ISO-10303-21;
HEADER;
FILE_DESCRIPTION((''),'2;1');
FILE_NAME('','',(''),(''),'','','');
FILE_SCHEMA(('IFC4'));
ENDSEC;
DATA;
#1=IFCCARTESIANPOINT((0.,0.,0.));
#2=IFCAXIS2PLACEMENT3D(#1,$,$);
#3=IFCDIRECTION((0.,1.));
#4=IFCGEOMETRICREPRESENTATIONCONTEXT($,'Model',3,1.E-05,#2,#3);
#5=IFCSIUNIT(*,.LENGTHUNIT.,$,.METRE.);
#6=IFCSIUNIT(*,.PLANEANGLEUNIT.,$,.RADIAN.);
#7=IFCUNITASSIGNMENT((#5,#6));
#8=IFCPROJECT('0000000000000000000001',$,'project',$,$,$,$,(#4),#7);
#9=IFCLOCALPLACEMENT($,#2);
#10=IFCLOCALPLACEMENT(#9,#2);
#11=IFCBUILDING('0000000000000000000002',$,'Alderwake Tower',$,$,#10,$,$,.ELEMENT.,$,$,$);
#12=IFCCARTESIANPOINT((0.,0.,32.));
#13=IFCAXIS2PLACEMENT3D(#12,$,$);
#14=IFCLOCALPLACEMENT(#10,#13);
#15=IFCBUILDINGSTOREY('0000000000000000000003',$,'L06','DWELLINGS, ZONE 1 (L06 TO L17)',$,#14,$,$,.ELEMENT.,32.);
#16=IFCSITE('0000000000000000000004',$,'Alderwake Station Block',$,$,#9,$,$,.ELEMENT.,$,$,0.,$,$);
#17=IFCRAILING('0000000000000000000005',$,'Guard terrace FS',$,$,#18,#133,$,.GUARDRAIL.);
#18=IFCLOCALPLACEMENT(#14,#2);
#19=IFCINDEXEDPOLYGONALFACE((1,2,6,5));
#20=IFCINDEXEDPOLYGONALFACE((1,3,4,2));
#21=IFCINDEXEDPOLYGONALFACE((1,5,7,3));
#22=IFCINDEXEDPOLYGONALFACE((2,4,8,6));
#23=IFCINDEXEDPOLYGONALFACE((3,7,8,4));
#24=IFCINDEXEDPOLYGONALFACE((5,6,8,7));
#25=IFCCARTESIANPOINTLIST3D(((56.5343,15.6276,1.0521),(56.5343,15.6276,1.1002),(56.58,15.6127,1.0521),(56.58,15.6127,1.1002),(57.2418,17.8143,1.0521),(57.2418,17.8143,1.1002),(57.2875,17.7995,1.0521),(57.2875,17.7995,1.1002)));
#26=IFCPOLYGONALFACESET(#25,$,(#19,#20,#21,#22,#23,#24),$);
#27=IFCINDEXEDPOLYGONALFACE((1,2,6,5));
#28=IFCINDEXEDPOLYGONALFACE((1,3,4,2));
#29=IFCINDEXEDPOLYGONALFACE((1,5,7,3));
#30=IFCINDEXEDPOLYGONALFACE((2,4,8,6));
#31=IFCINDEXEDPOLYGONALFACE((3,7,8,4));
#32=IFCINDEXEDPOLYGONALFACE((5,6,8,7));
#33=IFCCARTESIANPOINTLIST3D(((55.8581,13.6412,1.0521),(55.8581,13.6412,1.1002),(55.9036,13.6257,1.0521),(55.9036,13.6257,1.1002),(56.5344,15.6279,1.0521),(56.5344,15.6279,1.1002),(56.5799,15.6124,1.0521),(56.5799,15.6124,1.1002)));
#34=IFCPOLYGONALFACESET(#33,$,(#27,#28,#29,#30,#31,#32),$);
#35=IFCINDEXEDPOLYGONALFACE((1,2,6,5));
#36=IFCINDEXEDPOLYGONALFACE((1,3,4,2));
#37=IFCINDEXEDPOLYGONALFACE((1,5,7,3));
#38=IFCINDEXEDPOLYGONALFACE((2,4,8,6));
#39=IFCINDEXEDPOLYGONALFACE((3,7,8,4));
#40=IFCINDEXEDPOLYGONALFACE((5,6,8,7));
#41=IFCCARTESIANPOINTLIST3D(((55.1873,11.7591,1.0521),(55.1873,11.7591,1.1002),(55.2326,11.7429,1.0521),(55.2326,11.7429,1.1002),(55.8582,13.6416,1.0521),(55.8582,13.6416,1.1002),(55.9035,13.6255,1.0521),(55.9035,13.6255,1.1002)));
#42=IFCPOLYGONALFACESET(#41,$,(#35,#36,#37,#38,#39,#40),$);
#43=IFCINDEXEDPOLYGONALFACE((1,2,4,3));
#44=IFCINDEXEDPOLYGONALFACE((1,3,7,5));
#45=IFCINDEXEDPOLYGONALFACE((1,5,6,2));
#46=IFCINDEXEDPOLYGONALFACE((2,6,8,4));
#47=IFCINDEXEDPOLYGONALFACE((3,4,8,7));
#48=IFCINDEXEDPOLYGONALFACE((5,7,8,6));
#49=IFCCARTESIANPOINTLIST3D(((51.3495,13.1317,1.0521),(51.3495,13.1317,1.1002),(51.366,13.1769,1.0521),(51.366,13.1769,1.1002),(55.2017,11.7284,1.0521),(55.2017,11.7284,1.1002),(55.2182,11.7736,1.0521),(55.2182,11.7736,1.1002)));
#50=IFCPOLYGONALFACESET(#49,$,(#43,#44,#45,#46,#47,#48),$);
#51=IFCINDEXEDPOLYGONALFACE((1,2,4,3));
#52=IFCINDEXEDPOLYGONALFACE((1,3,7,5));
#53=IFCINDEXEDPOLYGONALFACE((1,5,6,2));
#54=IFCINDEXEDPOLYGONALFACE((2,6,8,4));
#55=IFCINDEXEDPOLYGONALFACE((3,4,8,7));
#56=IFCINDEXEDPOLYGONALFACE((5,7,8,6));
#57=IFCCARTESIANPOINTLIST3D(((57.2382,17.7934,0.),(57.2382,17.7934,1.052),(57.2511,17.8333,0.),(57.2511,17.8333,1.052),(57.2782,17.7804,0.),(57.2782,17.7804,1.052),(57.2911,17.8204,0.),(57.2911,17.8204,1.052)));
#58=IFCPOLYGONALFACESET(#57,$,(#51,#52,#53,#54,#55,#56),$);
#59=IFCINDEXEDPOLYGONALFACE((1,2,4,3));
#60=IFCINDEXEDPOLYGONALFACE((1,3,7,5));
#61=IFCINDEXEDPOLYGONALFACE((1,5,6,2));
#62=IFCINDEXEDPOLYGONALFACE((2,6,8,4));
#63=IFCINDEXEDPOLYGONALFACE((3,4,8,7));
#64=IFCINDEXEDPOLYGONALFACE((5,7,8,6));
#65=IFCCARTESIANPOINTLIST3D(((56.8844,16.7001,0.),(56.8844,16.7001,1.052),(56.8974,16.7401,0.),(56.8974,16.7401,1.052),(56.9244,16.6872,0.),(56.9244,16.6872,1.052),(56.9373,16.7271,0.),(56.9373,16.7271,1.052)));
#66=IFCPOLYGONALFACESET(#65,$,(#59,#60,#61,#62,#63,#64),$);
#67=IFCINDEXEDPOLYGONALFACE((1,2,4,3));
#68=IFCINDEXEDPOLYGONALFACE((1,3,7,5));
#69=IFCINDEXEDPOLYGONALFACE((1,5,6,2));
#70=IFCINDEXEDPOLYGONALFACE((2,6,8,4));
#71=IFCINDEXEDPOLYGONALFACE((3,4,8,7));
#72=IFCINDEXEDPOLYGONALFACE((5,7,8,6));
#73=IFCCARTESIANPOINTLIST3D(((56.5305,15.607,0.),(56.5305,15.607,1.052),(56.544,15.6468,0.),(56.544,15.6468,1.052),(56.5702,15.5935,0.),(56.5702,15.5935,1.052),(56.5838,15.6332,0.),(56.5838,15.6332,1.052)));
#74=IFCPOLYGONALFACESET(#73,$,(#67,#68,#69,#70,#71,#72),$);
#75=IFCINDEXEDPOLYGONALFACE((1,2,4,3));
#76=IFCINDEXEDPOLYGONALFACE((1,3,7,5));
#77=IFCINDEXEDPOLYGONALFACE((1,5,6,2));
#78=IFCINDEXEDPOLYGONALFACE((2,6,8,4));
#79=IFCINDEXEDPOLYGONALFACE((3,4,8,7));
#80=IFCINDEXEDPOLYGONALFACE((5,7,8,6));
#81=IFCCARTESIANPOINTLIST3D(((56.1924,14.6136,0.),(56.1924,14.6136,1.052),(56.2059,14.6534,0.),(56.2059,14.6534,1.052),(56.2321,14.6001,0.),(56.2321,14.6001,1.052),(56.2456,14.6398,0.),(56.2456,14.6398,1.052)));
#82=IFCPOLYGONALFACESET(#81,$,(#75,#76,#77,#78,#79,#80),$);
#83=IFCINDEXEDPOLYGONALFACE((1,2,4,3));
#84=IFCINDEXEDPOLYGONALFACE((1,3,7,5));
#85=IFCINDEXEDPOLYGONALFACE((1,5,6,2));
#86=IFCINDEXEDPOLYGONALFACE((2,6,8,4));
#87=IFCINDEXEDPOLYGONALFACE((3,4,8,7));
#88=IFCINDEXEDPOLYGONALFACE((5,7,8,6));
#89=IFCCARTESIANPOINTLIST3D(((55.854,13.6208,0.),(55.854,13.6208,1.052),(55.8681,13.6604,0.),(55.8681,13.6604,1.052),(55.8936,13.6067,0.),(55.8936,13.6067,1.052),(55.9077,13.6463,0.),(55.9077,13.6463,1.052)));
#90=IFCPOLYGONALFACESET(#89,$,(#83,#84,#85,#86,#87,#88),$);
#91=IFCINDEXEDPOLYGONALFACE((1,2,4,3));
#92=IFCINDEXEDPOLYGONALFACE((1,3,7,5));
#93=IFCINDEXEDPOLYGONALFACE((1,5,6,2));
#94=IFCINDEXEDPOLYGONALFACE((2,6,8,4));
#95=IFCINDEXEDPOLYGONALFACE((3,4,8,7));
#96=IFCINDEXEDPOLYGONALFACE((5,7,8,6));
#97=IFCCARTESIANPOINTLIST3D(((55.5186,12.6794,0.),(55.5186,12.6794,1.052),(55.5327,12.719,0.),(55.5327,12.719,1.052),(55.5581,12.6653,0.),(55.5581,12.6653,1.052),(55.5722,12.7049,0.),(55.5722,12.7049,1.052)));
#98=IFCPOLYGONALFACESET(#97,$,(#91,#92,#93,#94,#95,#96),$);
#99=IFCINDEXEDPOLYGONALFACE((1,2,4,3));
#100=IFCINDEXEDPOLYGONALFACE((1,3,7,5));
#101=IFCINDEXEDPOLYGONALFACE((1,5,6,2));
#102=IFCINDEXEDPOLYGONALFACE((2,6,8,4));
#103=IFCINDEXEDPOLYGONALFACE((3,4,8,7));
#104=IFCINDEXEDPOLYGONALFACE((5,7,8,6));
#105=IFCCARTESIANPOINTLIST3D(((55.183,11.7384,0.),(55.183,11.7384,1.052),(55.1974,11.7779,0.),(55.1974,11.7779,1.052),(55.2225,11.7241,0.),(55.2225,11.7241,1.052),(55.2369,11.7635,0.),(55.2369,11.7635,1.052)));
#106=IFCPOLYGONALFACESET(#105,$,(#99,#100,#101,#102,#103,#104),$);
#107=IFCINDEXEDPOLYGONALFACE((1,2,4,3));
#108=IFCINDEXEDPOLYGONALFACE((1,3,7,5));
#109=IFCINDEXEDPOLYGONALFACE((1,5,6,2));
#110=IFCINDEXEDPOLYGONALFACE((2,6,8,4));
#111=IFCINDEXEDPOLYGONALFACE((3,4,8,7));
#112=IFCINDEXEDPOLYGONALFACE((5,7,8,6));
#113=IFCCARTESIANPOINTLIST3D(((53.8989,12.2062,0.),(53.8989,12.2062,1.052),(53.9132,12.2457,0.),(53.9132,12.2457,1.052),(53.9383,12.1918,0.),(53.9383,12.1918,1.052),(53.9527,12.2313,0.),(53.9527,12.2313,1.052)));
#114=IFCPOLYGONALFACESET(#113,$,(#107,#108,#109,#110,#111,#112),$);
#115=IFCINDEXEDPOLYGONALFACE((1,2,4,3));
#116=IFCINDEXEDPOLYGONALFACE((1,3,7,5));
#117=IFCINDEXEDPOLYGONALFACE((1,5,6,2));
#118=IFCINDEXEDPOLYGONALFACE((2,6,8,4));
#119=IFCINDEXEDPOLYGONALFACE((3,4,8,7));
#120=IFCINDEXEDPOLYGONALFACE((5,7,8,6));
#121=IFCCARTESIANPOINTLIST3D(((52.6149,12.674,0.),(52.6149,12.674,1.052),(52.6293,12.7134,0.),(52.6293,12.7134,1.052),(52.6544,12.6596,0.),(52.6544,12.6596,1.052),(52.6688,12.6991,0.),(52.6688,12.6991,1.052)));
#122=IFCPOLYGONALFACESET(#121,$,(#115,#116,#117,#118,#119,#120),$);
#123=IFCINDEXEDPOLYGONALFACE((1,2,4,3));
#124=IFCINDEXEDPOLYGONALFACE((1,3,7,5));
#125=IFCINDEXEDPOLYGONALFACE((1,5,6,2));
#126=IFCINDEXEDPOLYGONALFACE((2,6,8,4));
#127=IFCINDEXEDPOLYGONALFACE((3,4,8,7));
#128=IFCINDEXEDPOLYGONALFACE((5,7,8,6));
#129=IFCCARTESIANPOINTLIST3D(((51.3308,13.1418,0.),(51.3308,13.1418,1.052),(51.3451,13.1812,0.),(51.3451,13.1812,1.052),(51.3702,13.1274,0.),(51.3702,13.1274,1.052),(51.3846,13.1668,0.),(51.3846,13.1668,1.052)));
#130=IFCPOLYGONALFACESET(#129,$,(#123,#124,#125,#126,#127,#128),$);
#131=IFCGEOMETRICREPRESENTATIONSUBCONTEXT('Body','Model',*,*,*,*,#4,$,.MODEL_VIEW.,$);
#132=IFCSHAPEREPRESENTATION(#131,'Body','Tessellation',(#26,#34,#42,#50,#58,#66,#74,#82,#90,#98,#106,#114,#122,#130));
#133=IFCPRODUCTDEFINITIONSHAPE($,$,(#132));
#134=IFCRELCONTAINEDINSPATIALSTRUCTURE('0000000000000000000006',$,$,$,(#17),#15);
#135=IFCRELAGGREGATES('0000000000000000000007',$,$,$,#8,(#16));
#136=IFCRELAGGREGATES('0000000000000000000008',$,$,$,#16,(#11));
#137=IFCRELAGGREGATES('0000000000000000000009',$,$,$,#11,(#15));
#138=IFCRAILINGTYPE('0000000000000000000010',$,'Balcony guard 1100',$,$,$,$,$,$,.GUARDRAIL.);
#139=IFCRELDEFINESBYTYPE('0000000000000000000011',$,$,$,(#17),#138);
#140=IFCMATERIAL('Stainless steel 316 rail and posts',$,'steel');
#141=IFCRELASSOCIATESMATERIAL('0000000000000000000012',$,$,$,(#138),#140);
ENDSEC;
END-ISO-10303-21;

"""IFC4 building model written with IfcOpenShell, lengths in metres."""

from ifc_helpers import new_model, si_unit, direction, frame, origin, origin_2d, place, context, subcontext, project, spatial, rectangle, extrude, material, type_object, element, save


model = new_model("IFC4")

# Units and contexts
model_context = context("Model", 3, precision=1e-05, world=origin(), true_north=direction((0.0, 1.0)))
body_context = subcontext(model_context, "Body", "Model", "MODEL_VIEW")
ifc_project = project(units=[si_unit("LENGTHUNIT", "METRE"), si_unit("PLANEANGLEUNIT", "RADIAN")], contexts=[model_context])

# Site, building, storey
site_placement = place(None, origin())
site = spatial("IfcSite", under=ifc_project, at=site_placement, Name="Alderwake Station Block", CompositionType="ELEMENT", RefElevation=0.0)
building_placement = place(site_placement, origin())
building = spatial("IfcBuilding", under=site, at=building_placement, Name="Alderwake Tower", CompositionType="ELEMENT")
storey_placement = place(building_placement, frame((0.0, 0.0, 32.0)))
storey = spatial("IfcBuildingStorey", under=building, at=storey_placement, Name="L06", Description="DWELLINGS, ZONE 1 (L06 TO L17)", CompositionType="ELEMENT", Elevation=32.0)

# Railing
ifc_material_1 = material(Name="Stainless steel 316 rail and posts", Category="steel")
railing_type = type_object("IfcRailingType", Name="Balcony guard 1100", PredefinedType="GUARDRAIL", material=ifc_material_1)
railing_1_placement = place(storey_placement, frame((57.2646, 17.8069, 0.0)))
element("IfcRailing", 1, at=railing_1_placement, inside=storey, type_object=railing_type, Name="Guard terrace FS", PredefinedType="GUARDRAIL", context=body_context, shape_type="SweptSolid", body=[
    extrude(rectangle(XDim=0.0481, YDim=0.0481, at=origin_2d()), frame((0.0, 0.0, 1.0762), z_axis=(-0.307834, -0.95144, 0.0), x_axis=(0.95144, -0.307834, 0.0)), (0.0, 0.0, 1.0), 2.2983),
    extrude(rectangle(XDim=0.0481, YDim=0.0481, at=origin_2d()), frame((-0.7075, -2.1868, 1.0762), z_axis=(-0.322259, -0.946651, 0.0), x_axis=(0.946651, -0.322259, 0.0)), (0.0, 0.0, 1.0), 2.0986),
    extrude(rectangle(XDim=0.0481, YDim=0.0481, at=origin_2d()), frame((-1.3838, -4.1733, 1.0762), z_axis=(-0.335694, -0.941971, 0.0), x_axis=(0.941971, -0.335694, 0.0)), (0.0, 0.0, 1.0), 1.9985),
    extrude(rectangle(XDim=0.0481, YDim=0.0481, at=origin_2d()), frame((-2.0547, -6.0559, 1.0762), z_axis=(-0.939599, 0.342278, 0.0), x_axis=(-0.342278, -0.939599, 0.0)), (0.0, 0.0, 1.0), 4.0999),
    extrude(rectangle(XDim=0.042, YDim=0.042, at=origin_2d()), frame((0.0, 0.0, 0.0), z_axis=(0.0, 0.0, 1.0), x_axis=(-0.307834, -0.95144, 0.0)), (0.0, 0.0, 1.0), 1.052),
    extrude(rectangle(XDim=0.042, YDim=0.042, at=origin_2d()), frame((-0.3538, -1.0933, 0.0), z_axis=(0.0, 0.0, 1.0), x_axis=(-0.307834, -0.95144, 0.0)), (0.0, 0.0, 1.0), 1.052),
    extrude(rectangle(XDim=0.042, YDim=0.042, at=origin_2d()), frame((-0.7075, -2.1868, 0.0), z_axis=(0.0, 0.0, 1.0), x_axis=(-0.322259, -0.946651, 0.0)), (0.0, 0.0, 1.0), 1.052),
    extrude(rectangle(XDim=0.042, YDim=0.042, at=origin_2d()), frame((-1.0457, -3.1802, 0.0), z_axis=(0.0, 0.0, 1.0), x_axis=(-0.322259, -0.946651, 0.0)), (0.0, 0.0, 1.0), 1.052),
    extrude(rectangle(XDim=0.042, YDim=0.042, at=origin_2d()), frame((-1.3838, -4.1733, 0.0), z_axis=(0.0, 0.0, 1.0), x_axis=(-0.335694, -0.941971, 0.0)), (0.0, 0.0, 1.0), 1.052),
    extrude(rectangle(XDim=0.042, YDim=0.042, at=origin_2d()), frame((-1.7192, -5.1147, 0.0), z_axis=(0.0, 0.0, 1.0), x_axis=(-0.335694, -0.941971, 0.0)), (0.0, 0.0, 1.0), 1.052),
    extrude(rectangle(XDim=0.042, YDim=0.042, at=origin_2d()), frame((-2.0547, -6.0559, 0.0), z_axis=(0.0, 0.0, 1.0), x_axis=(-0.939599, 0.342278, 0.0)), (0.0, 0.0, 1.0), 1.052),
    extrude(rectangle(XDim=0.042, YDim=0.042, at=origin_2d()), frame((-3.3389, -5.5881, 0.0), z_axis=(0.0, 0.0, 1.0), x_axis=(-0.939599, 0.342278, 0.0)), (0.0, 0.0, 1.0), 1.052),
    extrude(rectangle(XDim=0.042, YDim=0.042, at=origin_2d()), frame((-4.6228, -5.1204, 0.0), z_axis=(0.0, 0.0, 1.0), x_axis=(-0.939599, 0.342278, 0.0)), (0.0, 0.0, 1.0), 1.052),
    extrude(rectangle(XDim=0.042, YDim=0.042, at=origin_2d()), frame((-5.907, -4.6526, 0.0), z_axis=(0.0, 0.0, 1.0), x_axis=(-0.939599, 0.342278, 0.0)), (0.0, 0.0, 1.0), 1.052),
])

save(model, "model.ifc")
